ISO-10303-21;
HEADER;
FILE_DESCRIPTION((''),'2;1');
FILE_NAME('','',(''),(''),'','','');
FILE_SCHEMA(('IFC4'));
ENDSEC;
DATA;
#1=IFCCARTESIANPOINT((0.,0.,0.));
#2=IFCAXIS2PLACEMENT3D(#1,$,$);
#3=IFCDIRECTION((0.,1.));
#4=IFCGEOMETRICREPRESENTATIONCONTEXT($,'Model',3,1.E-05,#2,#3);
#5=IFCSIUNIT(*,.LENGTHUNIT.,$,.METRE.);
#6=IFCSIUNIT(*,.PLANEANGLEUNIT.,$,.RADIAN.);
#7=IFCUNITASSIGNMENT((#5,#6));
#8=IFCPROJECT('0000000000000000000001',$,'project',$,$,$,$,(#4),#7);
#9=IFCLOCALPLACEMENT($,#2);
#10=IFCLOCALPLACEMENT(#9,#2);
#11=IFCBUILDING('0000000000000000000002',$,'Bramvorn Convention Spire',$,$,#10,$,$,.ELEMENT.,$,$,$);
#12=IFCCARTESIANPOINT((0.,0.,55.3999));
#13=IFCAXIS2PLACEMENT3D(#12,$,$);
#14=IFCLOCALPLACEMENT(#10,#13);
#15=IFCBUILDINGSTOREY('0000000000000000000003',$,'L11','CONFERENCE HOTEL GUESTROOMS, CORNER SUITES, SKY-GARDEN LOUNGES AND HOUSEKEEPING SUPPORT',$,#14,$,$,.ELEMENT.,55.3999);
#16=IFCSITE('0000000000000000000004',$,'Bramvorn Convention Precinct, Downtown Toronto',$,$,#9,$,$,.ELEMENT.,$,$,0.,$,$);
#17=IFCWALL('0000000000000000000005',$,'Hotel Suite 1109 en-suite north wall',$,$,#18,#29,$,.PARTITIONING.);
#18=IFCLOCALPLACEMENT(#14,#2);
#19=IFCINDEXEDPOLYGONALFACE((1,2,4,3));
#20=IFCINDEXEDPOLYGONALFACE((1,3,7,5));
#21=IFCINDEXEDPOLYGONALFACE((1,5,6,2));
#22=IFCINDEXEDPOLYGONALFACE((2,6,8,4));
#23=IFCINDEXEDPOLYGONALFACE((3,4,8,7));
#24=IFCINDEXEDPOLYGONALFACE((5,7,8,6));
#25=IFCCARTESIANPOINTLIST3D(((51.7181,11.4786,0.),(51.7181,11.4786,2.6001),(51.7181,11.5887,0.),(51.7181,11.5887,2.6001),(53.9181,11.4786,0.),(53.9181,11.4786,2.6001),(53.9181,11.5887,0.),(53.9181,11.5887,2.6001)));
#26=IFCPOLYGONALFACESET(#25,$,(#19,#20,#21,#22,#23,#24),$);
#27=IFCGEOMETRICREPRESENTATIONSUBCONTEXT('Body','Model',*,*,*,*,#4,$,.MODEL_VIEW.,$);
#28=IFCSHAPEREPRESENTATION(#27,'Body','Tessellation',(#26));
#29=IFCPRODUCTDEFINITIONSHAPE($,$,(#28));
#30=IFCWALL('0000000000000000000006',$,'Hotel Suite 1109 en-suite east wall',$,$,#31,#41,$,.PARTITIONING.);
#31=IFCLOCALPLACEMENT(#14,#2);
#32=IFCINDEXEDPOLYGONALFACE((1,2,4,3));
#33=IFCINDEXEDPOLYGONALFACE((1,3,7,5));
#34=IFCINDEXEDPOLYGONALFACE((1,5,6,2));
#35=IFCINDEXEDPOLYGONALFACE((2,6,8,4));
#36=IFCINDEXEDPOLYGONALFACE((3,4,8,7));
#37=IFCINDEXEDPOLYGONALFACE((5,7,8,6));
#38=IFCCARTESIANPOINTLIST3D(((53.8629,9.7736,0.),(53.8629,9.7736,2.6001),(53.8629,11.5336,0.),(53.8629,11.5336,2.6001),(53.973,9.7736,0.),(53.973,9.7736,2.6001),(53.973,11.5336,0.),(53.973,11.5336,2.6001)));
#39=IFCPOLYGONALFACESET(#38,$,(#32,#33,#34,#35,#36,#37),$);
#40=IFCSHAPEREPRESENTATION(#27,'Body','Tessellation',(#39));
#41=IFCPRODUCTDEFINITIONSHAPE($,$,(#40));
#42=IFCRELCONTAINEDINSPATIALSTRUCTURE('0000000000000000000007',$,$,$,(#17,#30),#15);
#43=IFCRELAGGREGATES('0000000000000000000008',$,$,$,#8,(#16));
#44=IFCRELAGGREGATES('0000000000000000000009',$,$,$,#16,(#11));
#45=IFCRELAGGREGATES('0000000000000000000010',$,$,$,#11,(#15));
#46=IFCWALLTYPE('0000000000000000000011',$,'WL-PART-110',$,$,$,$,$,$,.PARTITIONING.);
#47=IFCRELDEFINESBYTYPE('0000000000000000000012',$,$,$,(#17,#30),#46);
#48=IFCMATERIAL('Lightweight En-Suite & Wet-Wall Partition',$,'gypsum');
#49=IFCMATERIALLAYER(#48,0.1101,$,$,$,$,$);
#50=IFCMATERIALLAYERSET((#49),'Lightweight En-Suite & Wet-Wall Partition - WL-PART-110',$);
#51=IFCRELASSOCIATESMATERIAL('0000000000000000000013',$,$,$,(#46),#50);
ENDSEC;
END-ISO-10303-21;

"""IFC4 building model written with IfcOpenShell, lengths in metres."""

from ifc_helpers import new_model, si_unit, direction, frame, frame_2d, origin, place, context, subcontext, project, spatial, rectangle, extrude, material, layer, layer_set, type_object, element, save


model = new_model("IFC4")

# Units and contexts
model_context = context("Model", 3, precision=1e-05, world=origin(), true_north=direction((0.0, 1.0)))
body_context = subcontext(model_context, "Body", "Model", "MODEL_VIEW")
ifc_project = project(units=[si_unit("LENGTHUNIT", "METRE"), si_unit("PLANEANGLEUNIT", "RADIAN")], contexts=[model_context])

# Site, building, storey
site_placement = place(None, origin())
site = spatial("IfcSite", under=ifc_project, at=site_placement, Name="Bramvorn Convention Precinct, Downtown Toronto", CompositionType="ELEMENT", RefElevation=0.0)
building_placement = place(site_placement, origin())
building = spatial("IfcBuilding", under=site, at=building_placement, Name="Bramvorn Convention Spire", CompositionType="ELEMENT")
storey_placement = place(building_placement, frame((0.0, 0.0, 55.3999)))
storey = spatial("IfcBuildingStorey", under=building, at=storey_placement, Name="L11", Description="CONFERENCE HOTEL GUESTROOMS, CORNER SUITES, SKY-GARDEN LOUNGES AND HOUSEKEEPING SUPPORT", CompositionType="ELEMENT", Elevation=55.3999)

# Walls
ifc_material_1 = material(Name="Lightweight En-Suite & Wet-Wall Partition", Category="gypsum")
ifc_layer_1 = layer(ifc_material_1, 0.1101)
ifc_layer_set_1 = layer_set([ifc_layer_1], Name="Lightweight En-Suite & Wet-Wall Partition - WL-PART-110")
wall_type_1 = type_object("IfcWallType", Name="WL-PART-110", PredefinedType="PARTITIONING", material=ifc_layer_set_1)
wall_1_placement = place(storey_placement, frame((51.718, 11.5337, 0.0), z_axis=(0.0, 0.0, 1.0), x_axis=(1.0, 0.0, 0.0)))
element("IfcWall", 1, at=wall_1_placement, inside=storey, type_object=wall_type_1, Name="Hotel Suite 1109 en-suite north wall", PredefinedType="PARTITIONING", context=body_context, shape_type="SweptSolid", body=[
    extrude(rectangle(XDim=2.2, YDim=0.1101, at=frame_2d((1.1001, 0.0))), origin(), (0.0, 0.0, 1.0), 2.6001),
])
wall_2_placement = place(storey_placement, frame((53.918, 9.7737, 0.0), z_axis=(0.0, 0.0, 1.0), x_axis=(0.0, 1.0, 0.0)))
element("IfcWall", 2, at=wall_2_placement, inside=storey, type_object=wall_type_1, Name="Hotel Suite 1109 en-suite east wall", PredefinedType="PARTITIONING", context=body_context, shape_type="SweptSolid", body=[
    extrude(rectangle(XDim=1.76, YDim=0.1101, at=frame_2d((0.8799, 0.0))), origin(), (0.0, 0.0, 1.0), 2.6001),
])

save(model, "model.ifc")
